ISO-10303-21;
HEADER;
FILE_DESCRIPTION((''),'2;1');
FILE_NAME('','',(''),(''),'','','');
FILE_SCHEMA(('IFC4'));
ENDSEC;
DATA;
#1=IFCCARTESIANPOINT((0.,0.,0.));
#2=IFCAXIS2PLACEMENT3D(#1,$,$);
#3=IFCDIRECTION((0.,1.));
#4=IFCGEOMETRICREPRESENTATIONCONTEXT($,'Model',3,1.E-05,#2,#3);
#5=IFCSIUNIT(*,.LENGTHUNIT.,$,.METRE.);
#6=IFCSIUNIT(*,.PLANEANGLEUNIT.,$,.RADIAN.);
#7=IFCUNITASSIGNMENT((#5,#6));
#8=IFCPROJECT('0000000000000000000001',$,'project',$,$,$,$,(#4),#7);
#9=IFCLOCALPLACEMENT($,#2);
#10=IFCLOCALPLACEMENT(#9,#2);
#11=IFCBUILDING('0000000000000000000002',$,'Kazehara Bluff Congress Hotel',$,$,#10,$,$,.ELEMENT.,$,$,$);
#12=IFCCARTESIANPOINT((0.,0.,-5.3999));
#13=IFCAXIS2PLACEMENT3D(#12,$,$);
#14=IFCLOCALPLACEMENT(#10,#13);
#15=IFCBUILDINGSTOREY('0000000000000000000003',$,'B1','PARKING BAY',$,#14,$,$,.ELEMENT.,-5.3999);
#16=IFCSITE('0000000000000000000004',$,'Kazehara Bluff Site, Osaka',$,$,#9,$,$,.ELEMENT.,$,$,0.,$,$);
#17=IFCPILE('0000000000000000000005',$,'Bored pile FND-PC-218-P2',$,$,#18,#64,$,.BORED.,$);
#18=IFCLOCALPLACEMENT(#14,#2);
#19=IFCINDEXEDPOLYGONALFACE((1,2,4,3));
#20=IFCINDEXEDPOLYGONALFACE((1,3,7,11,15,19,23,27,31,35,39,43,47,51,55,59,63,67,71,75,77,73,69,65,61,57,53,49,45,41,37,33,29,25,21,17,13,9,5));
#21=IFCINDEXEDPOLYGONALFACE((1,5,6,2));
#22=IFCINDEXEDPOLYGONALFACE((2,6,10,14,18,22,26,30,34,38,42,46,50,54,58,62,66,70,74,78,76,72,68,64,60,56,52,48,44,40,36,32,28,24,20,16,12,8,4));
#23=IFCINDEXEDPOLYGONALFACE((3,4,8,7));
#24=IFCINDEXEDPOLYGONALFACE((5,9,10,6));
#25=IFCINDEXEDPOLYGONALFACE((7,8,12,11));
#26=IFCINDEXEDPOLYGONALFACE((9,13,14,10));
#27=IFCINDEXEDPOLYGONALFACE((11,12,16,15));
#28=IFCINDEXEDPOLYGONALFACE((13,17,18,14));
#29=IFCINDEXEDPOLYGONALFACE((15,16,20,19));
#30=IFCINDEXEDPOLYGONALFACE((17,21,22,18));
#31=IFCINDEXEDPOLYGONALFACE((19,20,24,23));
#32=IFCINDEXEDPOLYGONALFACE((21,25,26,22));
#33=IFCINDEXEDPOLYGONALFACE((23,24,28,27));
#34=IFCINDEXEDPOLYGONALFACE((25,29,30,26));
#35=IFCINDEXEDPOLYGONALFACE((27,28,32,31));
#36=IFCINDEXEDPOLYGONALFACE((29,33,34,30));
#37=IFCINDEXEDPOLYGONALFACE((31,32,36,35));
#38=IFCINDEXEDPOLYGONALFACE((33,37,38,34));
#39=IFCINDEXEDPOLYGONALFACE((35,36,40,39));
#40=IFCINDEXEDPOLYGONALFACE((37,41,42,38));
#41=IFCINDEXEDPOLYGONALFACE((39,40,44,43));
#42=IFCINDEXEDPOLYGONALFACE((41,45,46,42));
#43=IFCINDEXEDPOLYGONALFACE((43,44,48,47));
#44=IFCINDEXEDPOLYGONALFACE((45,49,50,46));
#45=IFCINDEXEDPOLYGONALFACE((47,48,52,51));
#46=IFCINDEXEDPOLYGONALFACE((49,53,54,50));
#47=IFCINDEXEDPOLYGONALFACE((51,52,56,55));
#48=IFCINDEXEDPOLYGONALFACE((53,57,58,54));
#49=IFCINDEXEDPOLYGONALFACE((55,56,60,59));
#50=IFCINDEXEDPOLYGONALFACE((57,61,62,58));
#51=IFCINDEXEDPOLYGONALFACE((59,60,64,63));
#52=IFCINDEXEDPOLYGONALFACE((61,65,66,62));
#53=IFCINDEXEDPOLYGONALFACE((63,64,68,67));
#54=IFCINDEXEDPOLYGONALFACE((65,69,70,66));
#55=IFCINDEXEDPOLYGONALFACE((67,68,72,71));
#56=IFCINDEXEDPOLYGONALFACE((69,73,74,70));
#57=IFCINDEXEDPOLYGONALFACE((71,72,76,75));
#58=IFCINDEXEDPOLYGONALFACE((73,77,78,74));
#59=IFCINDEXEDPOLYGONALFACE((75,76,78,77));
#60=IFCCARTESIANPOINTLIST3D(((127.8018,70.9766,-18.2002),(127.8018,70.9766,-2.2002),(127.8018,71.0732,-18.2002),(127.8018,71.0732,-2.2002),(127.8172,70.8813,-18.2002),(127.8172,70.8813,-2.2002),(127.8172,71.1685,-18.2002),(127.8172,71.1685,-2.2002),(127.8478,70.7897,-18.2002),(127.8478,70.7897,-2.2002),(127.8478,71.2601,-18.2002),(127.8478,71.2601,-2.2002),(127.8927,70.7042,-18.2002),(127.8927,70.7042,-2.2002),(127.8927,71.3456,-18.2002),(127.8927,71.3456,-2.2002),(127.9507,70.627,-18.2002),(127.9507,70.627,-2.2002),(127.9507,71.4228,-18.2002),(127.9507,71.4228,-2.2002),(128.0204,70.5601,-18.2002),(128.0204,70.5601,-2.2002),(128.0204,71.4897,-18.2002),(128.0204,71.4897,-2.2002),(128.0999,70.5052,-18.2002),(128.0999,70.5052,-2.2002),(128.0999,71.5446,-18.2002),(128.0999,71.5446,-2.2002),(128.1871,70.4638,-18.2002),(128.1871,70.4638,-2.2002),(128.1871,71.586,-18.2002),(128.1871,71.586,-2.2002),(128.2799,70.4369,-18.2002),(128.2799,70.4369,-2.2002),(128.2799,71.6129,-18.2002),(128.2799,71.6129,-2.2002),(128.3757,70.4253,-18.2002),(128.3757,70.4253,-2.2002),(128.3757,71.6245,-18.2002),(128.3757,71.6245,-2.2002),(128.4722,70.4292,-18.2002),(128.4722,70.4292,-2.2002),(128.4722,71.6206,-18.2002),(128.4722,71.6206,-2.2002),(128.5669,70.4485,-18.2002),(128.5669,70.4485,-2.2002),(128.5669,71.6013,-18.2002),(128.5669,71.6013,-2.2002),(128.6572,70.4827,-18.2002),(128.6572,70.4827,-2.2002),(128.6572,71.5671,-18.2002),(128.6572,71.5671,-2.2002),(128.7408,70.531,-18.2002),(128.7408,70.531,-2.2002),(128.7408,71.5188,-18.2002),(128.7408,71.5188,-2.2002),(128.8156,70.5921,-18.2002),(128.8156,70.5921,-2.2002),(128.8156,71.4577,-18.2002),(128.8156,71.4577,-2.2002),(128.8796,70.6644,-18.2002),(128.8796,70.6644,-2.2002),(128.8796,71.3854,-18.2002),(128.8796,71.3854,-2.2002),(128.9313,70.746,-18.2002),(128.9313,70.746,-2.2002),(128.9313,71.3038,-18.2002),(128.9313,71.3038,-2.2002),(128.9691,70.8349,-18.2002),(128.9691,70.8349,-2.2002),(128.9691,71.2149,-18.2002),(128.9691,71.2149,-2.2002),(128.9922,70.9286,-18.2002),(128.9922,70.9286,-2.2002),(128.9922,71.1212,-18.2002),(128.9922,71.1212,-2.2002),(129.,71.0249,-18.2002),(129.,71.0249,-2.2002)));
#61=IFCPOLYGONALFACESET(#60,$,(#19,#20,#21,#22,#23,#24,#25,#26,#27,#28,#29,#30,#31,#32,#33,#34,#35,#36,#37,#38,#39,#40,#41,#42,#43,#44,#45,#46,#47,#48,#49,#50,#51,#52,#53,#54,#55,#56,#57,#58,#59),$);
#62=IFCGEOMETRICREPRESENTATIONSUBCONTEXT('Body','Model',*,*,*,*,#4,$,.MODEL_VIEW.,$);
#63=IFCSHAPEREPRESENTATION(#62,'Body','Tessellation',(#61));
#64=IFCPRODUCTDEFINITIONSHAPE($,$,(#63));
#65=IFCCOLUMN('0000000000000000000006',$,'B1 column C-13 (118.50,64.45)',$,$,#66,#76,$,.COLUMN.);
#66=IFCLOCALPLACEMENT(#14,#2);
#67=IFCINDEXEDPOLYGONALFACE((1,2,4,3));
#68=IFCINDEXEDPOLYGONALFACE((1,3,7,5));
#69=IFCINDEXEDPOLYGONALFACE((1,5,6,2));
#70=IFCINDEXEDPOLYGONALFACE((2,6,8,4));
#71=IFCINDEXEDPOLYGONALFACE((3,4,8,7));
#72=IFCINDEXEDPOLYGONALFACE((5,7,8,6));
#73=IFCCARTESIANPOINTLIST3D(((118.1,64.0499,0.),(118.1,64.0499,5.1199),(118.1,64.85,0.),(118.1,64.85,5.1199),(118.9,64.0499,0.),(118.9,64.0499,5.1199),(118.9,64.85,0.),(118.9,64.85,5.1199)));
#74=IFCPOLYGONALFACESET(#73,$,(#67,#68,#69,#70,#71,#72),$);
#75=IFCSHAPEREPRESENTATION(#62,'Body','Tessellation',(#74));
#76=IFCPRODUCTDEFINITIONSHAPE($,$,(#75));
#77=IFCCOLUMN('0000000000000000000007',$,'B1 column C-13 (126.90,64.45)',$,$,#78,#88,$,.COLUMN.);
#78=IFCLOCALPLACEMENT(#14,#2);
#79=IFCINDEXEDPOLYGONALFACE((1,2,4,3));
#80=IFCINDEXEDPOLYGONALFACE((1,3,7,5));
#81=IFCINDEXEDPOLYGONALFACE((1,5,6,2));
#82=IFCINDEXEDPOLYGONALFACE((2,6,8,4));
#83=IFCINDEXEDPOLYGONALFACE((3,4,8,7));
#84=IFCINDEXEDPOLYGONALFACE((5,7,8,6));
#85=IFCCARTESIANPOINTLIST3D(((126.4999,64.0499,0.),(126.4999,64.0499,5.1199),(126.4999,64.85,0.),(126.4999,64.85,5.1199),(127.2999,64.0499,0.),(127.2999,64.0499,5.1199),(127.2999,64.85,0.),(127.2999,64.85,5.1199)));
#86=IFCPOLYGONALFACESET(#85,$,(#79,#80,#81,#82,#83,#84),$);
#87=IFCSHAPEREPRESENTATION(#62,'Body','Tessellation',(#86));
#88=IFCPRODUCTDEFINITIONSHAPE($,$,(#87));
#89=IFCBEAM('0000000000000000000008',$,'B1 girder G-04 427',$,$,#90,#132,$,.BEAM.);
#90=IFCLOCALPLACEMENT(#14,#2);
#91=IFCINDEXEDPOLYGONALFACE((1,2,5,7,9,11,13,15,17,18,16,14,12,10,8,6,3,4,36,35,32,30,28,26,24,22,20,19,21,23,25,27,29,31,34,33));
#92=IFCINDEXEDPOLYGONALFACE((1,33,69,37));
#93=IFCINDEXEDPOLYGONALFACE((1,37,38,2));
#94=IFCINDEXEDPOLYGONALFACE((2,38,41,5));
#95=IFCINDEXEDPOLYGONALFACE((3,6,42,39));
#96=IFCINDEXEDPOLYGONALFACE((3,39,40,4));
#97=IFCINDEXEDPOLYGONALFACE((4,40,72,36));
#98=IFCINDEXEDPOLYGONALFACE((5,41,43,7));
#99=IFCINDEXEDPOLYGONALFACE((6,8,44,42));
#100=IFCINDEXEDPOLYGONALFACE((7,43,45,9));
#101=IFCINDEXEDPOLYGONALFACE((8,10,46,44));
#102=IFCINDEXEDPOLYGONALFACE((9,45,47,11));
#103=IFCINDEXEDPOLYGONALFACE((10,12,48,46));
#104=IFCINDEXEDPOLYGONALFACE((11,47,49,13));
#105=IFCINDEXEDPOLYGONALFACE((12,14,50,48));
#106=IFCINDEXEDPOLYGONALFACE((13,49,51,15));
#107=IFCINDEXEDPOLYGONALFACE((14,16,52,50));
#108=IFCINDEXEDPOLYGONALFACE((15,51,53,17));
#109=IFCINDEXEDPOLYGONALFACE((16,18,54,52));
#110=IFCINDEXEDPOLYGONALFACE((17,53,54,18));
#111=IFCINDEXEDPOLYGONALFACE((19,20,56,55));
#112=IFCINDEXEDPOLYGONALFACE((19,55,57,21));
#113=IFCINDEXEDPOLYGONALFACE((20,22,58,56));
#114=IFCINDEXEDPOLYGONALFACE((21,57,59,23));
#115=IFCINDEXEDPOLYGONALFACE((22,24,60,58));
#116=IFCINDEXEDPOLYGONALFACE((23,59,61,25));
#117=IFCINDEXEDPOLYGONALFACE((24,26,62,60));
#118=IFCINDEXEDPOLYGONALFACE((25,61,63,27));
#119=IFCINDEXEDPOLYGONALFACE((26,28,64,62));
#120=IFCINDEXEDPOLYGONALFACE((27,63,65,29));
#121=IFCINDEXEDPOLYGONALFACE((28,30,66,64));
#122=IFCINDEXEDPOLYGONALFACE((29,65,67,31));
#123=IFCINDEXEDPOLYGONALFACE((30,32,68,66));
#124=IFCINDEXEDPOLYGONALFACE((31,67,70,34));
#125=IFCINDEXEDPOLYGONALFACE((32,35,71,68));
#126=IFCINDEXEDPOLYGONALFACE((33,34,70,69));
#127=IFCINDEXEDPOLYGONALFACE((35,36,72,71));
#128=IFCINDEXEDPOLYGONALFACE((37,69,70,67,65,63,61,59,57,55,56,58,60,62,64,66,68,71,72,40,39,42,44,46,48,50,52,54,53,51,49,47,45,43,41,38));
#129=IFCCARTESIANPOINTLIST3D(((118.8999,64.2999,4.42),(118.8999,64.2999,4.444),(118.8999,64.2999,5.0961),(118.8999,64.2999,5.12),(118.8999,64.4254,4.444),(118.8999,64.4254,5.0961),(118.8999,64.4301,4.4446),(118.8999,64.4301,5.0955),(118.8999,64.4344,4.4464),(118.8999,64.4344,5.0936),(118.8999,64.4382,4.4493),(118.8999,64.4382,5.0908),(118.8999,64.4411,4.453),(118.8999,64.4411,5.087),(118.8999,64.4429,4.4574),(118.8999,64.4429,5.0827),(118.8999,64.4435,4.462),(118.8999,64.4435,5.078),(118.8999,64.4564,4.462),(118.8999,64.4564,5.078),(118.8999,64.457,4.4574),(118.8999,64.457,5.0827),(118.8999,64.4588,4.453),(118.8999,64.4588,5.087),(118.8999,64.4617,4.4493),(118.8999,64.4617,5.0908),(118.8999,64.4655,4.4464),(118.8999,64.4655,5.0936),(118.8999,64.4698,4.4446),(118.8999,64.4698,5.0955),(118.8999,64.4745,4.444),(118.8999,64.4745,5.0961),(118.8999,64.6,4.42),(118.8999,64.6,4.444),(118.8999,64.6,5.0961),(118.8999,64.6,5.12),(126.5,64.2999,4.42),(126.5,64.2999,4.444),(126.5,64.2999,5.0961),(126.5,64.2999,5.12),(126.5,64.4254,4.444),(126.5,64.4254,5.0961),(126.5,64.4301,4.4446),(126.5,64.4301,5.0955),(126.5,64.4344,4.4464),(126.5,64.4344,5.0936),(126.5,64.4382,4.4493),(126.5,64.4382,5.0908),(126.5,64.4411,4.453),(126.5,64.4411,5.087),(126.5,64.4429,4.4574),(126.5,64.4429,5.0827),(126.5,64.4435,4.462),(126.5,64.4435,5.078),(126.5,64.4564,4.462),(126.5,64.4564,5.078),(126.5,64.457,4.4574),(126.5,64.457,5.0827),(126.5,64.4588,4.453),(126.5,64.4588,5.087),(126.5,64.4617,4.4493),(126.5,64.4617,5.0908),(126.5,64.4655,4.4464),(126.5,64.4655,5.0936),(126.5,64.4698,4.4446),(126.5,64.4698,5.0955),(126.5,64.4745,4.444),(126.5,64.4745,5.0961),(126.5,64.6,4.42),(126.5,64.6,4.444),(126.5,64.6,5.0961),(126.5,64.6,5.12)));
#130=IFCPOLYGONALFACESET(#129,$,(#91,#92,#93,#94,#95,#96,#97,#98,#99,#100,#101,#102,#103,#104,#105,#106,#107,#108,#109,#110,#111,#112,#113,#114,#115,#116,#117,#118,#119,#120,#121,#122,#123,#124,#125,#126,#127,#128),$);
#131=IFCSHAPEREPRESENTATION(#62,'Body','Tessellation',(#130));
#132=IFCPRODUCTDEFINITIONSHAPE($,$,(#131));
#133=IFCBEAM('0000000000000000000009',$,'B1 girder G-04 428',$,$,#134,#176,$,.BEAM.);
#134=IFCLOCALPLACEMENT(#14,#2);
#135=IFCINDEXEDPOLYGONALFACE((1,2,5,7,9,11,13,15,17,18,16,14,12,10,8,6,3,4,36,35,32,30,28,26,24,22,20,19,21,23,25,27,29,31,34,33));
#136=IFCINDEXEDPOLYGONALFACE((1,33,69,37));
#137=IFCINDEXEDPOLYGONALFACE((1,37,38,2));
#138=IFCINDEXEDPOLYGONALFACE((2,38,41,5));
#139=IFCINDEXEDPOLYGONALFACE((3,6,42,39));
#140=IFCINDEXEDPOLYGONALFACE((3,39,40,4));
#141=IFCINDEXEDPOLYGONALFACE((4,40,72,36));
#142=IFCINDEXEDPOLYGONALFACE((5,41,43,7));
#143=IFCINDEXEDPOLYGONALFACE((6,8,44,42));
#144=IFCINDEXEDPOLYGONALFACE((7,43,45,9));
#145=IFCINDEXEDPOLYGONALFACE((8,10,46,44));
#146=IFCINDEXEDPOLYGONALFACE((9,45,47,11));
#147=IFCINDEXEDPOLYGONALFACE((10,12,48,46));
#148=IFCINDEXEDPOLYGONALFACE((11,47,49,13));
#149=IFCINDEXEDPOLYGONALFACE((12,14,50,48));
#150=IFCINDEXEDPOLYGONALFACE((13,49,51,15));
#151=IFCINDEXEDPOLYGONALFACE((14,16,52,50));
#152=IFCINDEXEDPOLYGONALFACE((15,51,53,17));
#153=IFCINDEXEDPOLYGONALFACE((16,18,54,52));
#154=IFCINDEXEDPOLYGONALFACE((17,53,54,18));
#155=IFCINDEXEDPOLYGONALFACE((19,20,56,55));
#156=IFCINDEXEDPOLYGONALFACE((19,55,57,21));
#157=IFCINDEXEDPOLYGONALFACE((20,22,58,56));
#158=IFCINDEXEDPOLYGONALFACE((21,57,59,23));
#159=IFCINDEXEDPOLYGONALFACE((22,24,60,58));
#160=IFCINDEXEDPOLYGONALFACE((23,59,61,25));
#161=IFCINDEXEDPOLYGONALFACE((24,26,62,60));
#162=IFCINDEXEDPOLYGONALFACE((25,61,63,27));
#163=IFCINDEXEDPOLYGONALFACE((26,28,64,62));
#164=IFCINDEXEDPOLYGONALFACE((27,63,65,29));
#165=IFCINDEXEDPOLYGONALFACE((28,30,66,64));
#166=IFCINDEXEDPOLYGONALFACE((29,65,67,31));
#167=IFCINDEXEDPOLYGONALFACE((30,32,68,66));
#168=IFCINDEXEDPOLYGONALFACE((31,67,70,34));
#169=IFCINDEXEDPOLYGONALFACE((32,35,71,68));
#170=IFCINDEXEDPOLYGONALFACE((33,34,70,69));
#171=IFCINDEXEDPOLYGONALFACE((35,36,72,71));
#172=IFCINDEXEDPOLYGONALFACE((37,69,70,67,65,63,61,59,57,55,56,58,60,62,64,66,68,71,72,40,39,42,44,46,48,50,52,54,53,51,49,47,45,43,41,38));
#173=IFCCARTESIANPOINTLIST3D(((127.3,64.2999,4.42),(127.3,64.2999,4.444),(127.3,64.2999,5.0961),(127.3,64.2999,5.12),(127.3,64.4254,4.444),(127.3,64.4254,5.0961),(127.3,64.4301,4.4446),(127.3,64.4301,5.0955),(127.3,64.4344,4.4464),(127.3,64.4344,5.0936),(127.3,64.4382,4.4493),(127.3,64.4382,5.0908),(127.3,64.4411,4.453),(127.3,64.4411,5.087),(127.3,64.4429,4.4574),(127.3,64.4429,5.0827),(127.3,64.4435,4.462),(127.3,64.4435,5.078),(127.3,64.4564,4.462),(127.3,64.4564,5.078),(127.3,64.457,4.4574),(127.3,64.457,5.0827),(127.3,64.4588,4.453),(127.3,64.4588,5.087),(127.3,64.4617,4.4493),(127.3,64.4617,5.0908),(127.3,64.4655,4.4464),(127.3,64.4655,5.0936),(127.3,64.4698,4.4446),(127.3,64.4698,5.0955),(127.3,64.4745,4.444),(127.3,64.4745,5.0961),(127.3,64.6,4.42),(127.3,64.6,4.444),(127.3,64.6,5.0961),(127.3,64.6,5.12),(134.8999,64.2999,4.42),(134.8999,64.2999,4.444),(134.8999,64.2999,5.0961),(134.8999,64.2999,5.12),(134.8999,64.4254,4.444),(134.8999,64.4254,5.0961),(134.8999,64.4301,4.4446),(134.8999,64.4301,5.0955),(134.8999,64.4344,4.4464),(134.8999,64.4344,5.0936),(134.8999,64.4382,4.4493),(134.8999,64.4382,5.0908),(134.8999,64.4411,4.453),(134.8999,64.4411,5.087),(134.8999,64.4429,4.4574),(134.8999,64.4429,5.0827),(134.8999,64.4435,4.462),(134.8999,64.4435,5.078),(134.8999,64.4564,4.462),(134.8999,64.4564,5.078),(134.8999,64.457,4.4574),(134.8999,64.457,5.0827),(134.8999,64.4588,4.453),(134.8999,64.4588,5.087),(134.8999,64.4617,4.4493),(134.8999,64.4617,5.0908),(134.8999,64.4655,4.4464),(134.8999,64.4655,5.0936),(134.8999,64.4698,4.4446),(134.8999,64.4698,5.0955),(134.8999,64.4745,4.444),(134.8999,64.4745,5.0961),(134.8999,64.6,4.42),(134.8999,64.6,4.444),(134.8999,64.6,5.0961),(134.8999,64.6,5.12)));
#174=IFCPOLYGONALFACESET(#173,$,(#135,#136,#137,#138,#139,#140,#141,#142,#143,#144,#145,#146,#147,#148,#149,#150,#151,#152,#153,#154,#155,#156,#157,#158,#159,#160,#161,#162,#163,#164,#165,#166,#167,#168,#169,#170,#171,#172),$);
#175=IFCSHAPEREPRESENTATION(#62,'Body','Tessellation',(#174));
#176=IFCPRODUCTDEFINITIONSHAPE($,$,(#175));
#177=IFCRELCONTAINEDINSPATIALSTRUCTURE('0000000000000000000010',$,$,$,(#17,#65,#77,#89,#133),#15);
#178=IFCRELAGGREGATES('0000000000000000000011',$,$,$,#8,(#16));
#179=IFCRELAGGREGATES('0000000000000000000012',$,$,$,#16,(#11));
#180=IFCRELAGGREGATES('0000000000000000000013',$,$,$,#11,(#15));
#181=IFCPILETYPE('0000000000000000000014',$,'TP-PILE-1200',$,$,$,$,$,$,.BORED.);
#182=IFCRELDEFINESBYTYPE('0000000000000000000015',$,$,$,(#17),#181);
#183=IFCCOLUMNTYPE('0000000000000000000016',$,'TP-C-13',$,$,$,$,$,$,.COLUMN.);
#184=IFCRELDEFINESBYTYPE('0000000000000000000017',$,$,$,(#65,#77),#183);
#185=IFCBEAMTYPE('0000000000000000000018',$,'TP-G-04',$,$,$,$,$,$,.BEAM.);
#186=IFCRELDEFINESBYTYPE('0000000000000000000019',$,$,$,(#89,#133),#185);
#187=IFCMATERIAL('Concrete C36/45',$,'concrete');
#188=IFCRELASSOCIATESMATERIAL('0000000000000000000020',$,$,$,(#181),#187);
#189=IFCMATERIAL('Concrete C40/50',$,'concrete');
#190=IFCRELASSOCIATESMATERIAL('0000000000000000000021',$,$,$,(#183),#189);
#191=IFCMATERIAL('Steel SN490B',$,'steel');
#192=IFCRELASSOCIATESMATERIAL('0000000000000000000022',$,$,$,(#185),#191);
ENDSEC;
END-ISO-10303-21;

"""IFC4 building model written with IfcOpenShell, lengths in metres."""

from ifc_helpers import new_model, si_unit, direction, frame, origin, origin_2d, place, context, subcontext, project, spatial, rectangle, circle, i_section, extrude, material, material_profile, profile_set, type_object, element, save


model = new_model("IFC4")

# Units and contexts
model_context = context("Model", 3, precision=1e-05, world=origin(), true_north=direction((0.0, 1.0)))
body_context = subcontext(model_context, "Body", "Model", "MODEL_VIEW")
ifc_project = project(units=[si_unit("LENGTHUNIT", "METRE"), si_unit("PLANEANGLEUNIT", "RADIAN")], contexts=[model_context])

# Site, building, storey
site_placement = place(None, origin())
site = spatial("IfcSite", under=ifc_project, at=site_placement, Name="Kazehara Bluff Site, Osaka", CompositionType="ELEMENT", RefElevation=0.0)
building_placement = place(site_placement, origin())
building = spatial("IfcBuilding", under=site, at=building_placement, Name="Kazehara Bluff Congress Hotel", CompositionType="ELEMENT")
storey_placement = place(building_placement, frame((0.0, 0.0, -5.3999)))
storey = spatial("IfcBuildingStorey", under=building, at=storey_placement, Name="B1", Description="PARKING BAY", CompositionType="ELEMENT", Elevation=-5.3999)

# Pile
ifc_material_1 = material(Name="Concrete C36/45", Category="concrete")
ifc_material_profile_1 = material_profile(ifc_material_1, circle(Radius=0.6001, at=origin_2d()))
ifc_profile_set_1 = profile_set([ifc_material_profile_1], Name="Concrete C36/45")
pile_type = type_object("IfcPileType", Name="TP-PILE-1200", PredefinedType="BORED", material=ifc_profile_set_1)
for number, where, z_axis, x_axis, name in (
    (1, (128.3999, 71.0249, -2.2002), (0.0, 0.0, -1.0), (1.0, 0.0, 0.0), "Bored pile FND-PC-218-P2"),
):
    element("IfcPile", number, at=place(storey_placement, frame(where, z_axis=z_axis, x_axis=x_axis)), inside=storey, type_object=pile_type, Name=name, PredefinedType="BORED", context=body_context, shape_type="SweptSolid", body=[
        extrude(circle(Radius=0.6001, at=origin_2d()), origin(), (0.0, 0.0, 1.0), 16.0),
    ])

# Columns
ifc_material_2 = material(Name="Concrete C40/50", Category="concrete")
ifc_material_profile_2 = material_profile(ifc_material_2, rectangle(XDim=0.8, YDim=0.8, at=origin_2d()))
ifc_profile_set_2 = profile_set([ifc_material_profile_2], Name="Concrete C40/50")
column_type = type_object("IfcColumnType", Name="TP-C-13", PredefinedType="COLUMN", material=ifc_profile_set_2)
for number, where, z_axis, x_axis, name in (
    (2, (118.5, 64.45, 0.0), (0.0, 0.0, 1.0), (1.0, 0.0, 0.0), "B1 column C-13 (118.50,64.45)"),
    (3, (126.8999, 64.45, 0.0), (0.0, 0.0, 1.0), (1.0, 0.0, 0.0), "B1 column C-13 (126.90,64.45)"),
):
    element("IfcColumn", number, at=place(storey_placement, frame(where, z_axis=z_axis, x_axis=x_axis)), inside=storey, type_object=column_type, Name=name, PredefinedType="COLUMN", context=body_context, shape_type="SweptSolid", body=[
        extrude(rectangle(XDim=0.8, YDim=0.8, at=origin_2d()), origin(), (0.0, 0.0, 1.0), 5.1199),
    ])

# Beams
ifc_material_3 = material(Name="Steel SN490B", Category="steel")
ifc_material_profile_3 = material_profile(ifc_material_3, i_section(OverallWidth=0.3, OverallDepth=0.7, WebThickness=0.0129, FlangeThickness=0.0239, FilletRadius=0.0181, at=origin_2d()))
ifc_profile_set_3 = profile_set([ifc_material_profile_3], Name="Steel SN490B")
beam_type_1 = type_object("IfcBeamType", Name="TP-G-04", PredefinedType="BEAM", material=ifc_profile_set_3)
beam_1_placement = place(storey_placement, frame((118.8999, 64.45, 4.77), z_axis=(1.0, 0.0, 0.0), x_axis=(0.0, 1.0, 0.0)))
element("IfcBeam", 4, at=beam_1_placement, inside=storey, type_object=beam_type_1, Name="B1 girder G-04 427", PredefinedType="BEAM", context=body_context, shape_type="SweptSolid", body=[
    extrude(i_section(OverallWidth=0.3, OverallDepth=0.7, WebThickness=0.0129, FlangeThickness=0.0239, FilletRadius=0.0181, at=origin_2d()), origin(), (0.0, 0.0, 1.0), 7.6001),
])
beam_2_placement = place(storey_placement, frame((127.3, 64.45, 4.77), z_axis=(1.0, 0.0, 0.0), x_axis=(0.0, 1.0, 0.0)))
element("IfcBeam", 5, at=beam_2_placement, inside=storey, type_object=beam_type_1, Name="B1 girder G-04 428", PredefinedType="BEAM", context=body_context, shape_type="SweptSolid", body=[
    extrude(i_section(OverallWidth=0.3, OverallDepth=0.7, WebThickness=0.0129, FlangeThickness=0.0239, FilletRadius=0.0181, at=origin_2d()), origin(), (0.0, 0.0, 1.0), 7.5999),
])

save(model, "model.ifc")
